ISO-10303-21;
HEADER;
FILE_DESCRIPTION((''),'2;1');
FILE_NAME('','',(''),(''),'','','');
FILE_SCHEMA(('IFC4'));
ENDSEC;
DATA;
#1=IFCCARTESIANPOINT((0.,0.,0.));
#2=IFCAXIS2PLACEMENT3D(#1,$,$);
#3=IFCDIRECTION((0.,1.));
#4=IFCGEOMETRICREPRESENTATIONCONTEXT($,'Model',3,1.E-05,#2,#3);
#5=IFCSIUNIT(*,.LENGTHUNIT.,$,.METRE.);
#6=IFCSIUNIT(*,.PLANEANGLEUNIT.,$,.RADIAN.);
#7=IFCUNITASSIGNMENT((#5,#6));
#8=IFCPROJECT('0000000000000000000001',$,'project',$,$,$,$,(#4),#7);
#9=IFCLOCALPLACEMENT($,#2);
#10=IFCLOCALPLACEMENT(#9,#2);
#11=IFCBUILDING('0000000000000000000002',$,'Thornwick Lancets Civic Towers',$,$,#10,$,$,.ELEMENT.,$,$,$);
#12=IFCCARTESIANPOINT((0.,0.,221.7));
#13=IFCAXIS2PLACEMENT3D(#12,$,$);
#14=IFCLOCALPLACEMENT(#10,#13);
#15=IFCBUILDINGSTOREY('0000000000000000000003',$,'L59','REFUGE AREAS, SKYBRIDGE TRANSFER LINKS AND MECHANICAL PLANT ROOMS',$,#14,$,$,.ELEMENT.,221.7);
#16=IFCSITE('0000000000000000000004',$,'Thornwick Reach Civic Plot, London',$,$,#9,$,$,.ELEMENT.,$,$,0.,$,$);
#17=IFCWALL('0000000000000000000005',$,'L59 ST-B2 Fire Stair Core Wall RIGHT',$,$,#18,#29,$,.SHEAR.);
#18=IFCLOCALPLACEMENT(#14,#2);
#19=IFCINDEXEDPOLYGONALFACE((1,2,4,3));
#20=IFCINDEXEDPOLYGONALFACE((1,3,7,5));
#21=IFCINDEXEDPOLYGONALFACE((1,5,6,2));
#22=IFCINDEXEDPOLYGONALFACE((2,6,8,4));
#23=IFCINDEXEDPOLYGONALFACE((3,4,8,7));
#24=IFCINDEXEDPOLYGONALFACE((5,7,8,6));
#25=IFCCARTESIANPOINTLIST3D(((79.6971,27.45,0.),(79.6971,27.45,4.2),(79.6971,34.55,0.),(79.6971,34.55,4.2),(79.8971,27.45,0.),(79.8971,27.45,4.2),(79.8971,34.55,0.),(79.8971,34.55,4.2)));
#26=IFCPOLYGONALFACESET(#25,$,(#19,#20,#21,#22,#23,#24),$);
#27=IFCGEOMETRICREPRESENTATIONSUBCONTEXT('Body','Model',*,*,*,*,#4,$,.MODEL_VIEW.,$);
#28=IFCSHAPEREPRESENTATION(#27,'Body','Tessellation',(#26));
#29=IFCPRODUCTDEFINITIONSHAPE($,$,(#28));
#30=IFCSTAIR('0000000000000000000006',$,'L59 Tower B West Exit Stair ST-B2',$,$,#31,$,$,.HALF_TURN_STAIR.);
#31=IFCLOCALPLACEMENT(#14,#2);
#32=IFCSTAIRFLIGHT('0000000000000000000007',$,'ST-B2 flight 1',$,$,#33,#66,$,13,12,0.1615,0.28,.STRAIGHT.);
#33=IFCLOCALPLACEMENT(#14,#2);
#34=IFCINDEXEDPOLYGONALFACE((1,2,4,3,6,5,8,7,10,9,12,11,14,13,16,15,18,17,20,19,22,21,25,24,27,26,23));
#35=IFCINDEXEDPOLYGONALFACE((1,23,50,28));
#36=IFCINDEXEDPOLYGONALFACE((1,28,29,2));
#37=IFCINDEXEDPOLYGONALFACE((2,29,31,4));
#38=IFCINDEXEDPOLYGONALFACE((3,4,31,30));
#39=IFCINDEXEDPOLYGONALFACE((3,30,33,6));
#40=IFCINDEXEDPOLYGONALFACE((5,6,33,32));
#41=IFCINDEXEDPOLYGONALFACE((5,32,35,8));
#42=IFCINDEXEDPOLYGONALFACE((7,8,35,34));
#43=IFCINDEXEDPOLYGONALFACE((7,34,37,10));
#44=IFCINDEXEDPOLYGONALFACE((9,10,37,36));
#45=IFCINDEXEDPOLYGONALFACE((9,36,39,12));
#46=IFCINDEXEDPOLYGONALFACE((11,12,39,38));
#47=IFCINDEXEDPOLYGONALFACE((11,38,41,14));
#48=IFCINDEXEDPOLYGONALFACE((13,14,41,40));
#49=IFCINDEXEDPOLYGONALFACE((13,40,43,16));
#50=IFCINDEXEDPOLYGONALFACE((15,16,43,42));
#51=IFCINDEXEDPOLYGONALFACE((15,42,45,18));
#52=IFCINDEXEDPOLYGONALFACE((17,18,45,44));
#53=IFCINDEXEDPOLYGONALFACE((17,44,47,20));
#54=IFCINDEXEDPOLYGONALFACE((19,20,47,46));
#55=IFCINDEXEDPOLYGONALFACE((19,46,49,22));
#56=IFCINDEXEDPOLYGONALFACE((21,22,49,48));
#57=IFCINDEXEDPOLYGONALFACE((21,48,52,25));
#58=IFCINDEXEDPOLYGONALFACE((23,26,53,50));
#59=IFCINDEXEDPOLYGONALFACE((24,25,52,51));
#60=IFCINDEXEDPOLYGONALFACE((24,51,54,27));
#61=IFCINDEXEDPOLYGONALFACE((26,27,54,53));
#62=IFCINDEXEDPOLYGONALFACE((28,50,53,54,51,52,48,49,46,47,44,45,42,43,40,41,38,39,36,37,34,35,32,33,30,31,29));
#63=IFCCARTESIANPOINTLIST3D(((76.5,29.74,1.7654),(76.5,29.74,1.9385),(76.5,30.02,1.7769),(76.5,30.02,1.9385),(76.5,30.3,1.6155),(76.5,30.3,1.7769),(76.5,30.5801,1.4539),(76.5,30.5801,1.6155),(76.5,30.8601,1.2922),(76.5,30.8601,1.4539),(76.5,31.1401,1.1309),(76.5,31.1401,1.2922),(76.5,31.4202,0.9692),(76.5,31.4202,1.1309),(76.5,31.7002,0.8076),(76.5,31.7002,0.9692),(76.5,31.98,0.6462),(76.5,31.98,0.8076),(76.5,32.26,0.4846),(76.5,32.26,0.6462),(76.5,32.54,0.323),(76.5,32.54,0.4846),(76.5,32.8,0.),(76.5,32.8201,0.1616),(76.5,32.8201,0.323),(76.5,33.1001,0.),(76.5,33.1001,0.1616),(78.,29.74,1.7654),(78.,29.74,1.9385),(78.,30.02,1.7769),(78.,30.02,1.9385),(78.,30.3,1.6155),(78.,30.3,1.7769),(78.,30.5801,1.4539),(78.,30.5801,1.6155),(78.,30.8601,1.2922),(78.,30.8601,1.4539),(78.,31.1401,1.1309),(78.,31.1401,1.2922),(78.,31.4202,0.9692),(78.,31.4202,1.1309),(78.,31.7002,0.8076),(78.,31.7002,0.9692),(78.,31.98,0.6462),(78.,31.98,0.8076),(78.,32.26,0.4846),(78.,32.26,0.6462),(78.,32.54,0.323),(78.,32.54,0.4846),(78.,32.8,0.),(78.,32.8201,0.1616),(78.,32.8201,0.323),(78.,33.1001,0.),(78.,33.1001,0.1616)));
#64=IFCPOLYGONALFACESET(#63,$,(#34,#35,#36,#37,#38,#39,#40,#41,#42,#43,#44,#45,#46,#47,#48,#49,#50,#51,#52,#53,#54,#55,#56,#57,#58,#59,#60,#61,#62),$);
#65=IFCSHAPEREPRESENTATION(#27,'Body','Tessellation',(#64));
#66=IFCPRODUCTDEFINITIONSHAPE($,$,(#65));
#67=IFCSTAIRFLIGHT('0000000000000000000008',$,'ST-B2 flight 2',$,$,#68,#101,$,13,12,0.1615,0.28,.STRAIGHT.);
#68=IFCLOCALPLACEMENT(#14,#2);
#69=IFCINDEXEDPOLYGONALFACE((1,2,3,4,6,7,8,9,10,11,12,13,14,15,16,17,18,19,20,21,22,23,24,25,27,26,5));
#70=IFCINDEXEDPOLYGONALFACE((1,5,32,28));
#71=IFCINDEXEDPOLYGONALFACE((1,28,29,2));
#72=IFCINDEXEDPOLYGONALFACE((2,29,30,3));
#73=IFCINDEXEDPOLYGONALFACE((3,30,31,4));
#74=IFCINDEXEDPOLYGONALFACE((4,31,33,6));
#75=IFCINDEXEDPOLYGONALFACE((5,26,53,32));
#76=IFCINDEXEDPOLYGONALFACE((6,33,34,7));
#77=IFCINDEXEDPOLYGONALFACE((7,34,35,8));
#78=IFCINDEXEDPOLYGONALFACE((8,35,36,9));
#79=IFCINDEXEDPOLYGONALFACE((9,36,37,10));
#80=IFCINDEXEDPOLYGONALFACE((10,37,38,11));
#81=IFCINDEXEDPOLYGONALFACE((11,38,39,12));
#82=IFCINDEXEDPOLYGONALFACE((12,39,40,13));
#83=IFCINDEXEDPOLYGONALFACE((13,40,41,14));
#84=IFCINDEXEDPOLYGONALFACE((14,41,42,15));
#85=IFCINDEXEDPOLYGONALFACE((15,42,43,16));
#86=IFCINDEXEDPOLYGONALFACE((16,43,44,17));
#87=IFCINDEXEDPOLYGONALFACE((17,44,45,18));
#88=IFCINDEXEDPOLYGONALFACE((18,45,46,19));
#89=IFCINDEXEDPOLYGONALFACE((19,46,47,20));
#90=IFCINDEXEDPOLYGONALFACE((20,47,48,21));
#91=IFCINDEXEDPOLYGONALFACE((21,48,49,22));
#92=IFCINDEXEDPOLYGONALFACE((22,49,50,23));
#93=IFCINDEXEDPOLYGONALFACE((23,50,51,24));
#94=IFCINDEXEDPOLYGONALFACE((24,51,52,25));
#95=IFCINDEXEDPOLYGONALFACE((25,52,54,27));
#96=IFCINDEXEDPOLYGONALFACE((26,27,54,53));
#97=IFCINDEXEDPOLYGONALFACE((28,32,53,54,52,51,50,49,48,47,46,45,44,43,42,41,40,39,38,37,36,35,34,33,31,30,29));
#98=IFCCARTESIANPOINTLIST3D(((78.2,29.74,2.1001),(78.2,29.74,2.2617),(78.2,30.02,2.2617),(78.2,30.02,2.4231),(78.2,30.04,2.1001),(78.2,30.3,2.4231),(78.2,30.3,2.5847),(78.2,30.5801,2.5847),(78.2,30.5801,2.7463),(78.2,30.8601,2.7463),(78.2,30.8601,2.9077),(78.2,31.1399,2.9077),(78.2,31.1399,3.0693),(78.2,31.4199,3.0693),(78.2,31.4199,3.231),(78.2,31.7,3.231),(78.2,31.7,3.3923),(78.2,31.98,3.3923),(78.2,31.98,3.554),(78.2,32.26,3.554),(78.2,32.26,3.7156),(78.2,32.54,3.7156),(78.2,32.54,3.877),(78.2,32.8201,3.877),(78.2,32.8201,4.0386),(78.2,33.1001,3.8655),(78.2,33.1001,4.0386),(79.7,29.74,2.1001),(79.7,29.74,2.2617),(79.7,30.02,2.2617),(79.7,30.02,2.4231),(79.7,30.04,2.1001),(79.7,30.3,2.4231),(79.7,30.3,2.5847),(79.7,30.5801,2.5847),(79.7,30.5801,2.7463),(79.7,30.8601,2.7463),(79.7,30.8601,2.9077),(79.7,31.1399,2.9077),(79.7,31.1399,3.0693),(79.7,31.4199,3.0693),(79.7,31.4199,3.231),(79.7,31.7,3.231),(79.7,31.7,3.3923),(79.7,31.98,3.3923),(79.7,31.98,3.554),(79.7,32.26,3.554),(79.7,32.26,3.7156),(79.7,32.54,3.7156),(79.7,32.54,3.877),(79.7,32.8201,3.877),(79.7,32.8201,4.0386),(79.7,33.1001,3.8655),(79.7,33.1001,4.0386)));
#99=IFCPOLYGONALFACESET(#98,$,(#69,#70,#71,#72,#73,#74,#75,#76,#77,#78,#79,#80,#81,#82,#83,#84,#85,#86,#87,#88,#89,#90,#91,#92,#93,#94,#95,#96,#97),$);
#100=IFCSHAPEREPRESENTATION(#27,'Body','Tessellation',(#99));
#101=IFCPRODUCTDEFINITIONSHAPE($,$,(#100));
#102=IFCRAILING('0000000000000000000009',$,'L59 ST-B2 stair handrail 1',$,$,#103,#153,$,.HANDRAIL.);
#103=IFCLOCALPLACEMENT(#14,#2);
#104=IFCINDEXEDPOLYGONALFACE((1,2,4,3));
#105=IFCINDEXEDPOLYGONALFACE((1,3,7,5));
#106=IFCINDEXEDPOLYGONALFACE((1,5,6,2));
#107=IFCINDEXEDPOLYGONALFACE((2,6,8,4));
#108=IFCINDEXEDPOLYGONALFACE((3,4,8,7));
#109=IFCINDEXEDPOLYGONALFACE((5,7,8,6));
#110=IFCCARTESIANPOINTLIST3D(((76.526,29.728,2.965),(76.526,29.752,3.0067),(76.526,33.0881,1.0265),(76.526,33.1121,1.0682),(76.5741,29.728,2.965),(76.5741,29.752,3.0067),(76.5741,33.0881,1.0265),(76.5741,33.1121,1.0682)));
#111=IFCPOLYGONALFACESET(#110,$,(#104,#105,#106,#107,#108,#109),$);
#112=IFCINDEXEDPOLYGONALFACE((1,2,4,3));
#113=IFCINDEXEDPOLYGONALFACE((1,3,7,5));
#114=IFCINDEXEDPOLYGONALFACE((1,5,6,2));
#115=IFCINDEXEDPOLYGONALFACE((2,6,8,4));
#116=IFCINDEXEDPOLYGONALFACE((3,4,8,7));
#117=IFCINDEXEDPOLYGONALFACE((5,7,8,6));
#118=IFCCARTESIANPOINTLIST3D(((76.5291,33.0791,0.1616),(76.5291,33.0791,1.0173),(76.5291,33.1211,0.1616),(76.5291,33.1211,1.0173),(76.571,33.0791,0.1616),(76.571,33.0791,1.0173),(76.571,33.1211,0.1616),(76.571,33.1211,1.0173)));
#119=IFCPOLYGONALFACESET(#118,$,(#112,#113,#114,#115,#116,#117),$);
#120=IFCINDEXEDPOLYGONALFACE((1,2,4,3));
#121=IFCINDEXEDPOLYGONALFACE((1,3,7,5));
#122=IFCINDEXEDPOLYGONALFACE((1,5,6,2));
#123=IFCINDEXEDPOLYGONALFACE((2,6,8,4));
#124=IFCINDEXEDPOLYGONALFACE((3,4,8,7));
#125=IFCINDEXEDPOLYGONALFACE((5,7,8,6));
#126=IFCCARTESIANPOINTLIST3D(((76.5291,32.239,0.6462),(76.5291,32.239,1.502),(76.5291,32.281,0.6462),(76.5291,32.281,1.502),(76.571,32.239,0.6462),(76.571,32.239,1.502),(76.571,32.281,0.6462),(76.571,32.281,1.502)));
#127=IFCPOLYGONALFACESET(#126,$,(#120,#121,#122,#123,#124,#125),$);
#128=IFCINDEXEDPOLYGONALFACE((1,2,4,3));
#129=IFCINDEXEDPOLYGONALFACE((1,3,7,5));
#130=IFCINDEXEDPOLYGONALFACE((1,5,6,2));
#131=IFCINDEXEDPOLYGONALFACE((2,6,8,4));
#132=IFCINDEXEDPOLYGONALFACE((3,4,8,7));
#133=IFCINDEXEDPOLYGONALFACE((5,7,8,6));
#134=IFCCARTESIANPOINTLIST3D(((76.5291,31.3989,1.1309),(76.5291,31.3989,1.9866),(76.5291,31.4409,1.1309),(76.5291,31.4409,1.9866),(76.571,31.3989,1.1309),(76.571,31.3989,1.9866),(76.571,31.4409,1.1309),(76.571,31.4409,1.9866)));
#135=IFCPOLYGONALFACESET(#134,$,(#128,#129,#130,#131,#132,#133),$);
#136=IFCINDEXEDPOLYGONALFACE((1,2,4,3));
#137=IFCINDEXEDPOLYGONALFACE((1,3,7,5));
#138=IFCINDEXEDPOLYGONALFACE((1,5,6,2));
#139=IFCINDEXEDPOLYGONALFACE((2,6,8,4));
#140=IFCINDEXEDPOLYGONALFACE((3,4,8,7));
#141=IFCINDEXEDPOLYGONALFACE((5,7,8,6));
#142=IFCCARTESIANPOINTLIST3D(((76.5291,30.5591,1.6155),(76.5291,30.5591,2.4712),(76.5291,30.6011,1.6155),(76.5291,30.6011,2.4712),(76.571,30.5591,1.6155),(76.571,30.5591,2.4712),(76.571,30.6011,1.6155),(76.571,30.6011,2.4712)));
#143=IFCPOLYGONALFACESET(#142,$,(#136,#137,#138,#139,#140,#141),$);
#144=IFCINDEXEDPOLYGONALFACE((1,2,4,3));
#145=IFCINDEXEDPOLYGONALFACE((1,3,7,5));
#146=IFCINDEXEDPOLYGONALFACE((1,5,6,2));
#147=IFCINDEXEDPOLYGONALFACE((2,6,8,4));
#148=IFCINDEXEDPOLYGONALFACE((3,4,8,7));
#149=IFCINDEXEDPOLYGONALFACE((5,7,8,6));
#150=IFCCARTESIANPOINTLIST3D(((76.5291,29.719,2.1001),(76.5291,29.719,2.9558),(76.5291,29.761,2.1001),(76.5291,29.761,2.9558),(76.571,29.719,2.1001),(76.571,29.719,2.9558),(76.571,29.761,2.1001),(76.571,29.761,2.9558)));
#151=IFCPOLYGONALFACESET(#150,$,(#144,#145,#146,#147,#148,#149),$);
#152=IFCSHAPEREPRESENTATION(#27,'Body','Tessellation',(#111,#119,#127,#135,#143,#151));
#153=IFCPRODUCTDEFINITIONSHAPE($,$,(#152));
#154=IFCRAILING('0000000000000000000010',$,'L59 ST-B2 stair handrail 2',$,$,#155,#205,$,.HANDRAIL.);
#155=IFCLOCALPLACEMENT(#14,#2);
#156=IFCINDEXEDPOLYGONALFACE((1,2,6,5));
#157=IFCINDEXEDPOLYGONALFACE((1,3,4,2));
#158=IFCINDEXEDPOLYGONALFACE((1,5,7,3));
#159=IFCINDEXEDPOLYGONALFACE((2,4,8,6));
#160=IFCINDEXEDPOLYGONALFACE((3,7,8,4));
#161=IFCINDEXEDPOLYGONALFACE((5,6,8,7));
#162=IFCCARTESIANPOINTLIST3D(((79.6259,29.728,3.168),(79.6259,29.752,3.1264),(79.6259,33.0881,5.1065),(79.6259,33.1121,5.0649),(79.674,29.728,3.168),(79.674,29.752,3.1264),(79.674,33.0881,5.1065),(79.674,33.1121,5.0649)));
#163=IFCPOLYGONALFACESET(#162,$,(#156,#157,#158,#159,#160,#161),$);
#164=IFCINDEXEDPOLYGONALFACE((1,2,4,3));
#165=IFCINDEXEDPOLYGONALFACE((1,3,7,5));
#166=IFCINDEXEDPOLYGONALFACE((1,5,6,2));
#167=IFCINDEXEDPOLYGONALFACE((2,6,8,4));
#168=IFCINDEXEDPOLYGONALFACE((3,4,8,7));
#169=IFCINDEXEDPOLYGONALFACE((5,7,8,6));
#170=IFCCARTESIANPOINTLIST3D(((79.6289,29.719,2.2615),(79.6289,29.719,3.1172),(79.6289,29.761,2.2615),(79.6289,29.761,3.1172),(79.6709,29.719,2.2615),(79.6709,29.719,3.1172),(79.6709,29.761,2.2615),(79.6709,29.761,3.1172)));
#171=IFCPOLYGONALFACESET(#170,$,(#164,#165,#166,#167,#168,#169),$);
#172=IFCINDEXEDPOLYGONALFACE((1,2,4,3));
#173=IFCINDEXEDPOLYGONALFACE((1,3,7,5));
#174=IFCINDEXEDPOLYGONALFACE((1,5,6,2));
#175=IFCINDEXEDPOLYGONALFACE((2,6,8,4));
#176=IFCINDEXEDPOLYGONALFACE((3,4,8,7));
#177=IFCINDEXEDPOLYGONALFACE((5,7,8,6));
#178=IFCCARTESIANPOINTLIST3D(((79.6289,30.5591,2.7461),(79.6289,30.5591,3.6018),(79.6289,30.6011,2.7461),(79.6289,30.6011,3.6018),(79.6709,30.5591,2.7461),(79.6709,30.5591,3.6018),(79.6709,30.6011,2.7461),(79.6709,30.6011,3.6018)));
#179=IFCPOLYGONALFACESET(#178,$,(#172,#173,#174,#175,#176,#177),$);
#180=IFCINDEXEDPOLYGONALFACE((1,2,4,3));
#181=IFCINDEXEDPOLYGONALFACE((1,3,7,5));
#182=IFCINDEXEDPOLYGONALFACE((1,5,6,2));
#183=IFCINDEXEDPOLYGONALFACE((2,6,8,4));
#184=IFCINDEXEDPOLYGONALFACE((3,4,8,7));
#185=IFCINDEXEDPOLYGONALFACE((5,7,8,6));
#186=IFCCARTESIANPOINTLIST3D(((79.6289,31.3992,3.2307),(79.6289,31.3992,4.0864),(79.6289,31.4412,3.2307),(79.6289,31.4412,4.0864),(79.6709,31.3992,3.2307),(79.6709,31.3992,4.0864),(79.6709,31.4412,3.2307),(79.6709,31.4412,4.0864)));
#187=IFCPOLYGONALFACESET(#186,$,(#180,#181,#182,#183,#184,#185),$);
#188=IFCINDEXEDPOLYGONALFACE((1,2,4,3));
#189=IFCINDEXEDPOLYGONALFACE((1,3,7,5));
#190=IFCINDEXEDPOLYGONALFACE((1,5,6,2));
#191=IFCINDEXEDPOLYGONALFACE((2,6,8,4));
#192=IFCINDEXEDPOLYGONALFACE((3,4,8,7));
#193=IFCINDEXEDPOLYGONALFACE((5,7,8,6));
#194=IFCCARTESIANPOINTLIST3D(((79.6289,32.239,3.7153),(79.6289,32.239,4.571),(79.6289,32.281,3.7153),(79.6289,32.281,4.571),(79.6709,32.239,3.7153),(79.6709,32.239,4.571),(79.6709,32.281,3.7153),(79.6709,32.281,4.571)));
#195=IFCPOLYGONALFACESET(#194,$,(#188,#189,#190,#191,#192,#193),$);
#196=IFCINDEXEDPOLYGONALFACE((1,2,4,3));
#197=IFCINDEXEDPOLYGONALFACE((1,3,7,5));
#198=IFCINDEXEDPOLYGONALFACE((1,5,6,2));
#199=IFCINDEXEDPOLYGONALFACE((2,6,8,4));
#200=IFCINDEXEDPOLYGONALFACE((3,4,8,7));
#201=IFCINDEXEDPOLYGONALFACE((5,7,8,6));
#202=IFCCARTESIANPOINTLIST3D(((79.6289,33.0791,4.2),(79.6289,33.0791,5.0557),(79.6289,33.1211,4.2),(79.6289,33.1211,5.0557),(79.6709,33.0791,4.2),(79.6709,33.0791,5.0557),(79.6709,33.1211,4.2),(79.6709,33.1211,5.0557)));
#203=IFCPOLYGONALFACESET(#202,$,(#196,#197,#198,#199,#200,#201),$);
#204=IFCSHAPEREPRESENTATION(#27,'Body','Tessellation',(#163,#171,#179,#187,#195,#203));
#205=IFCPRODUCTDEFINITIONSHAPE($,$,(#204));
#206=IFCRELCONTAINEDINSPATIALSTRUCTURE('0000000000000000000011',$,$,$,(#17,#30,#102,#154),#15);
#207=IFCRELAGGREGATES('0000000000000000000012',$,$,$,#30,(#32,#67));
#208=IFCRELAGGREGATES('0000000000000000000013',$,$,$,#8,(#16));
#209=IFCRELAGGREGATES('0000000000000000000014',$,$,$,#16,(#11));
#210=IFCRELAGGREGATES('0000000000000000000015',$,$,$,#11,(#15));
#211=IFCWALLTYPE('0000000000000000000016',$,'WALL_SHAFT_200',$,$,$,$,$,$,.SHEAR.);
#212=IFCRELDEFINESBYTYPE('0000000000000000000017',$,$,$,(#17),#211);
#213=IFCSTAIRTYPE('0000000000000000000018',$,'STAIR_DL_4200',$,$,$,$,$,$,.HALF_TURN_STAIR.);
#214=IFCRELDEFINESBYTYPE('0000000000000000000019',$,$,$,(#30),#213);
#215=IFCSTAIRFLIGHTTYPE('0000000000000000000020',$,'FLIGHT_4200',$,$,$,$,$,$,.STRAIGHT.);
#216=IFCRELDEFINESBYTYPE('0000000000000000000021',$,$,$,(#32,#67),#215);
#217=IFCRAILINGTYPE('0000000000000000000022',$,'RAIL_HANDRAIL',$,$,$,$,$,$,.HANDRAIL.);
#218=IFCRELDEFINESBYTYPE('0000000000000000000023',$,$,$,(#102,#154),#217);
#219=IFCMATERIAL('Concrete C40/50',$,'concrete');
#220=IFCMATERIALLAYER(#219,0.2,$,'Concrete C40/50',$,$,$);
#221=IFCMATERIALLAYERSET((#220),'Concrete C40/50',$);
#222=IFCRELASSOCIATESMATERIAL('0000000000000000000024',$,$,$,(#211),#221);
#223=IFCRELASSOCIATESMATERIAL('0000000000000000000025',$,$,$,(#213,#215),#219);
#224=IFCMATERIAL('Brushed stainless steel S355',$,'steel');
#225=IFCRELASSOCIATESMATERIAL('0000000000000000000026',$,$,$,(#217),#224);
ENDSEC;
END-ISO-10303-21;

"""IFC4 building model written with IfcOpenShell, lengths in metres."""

from ifc_helpers import new_model, si_unit, direction, frame, frame_2d, origin, origin_2d, place, context, subcontext, project, spatial, polyline, rectangle, outline, extrude, material, layer, layer_set, type_object, element, aggregate, save


model = new_model("IFC4")

# Units and contexts
model_context = context("Model", 3, precision=1e-05, world=origin(), true_north=direction((0.0, 1.0)))
body_context = subcontext(model_context, "Body", "Model", "MODEL_VIEW")
ifc_project = project(units=[si_unit("LENGTHUNIT", "METRE"), si_unit("PLANEANGLEUNIT", "RADIAN")], contexts=[model_context])

# Site, building, storey
site_placement = place(None, origin())
site = spatial("IfcSite", under=ifc_project, at=site_placement, Name="Thornwick Reach Civic Plot, London", CompositionType="ELEMENT", RefElevation=0.0)
building_placement = place(site_placement, origin())
building = spatial("IfcBuilding", under=site, at=building_placement, Name="Thornwick Lancets Civic Towers", CompositionType="ELEMENT")
storey_placement = place(building_placement, frame((0.0, 0.0, 221.7)))
storey = spatial("IfcBuildingStorey", under=building, at=storey_placement, Name="L59", Description="REFUGE AREAS, SKYBRIDGE TRANSFER LINKS AND MECHANICAL PLANT ROOMS", CompositionType="ELEMENT", Elevation=221.7)

# Shared definitions
ifc_material_1 = material(Name="Concrete C40/50", Category="concrete")

# Wall
ifc_layer_1 = layer(ifc_material_1, 0.2, Name="Concrete C40/50")
ifc_layer_set_1 = layer_set([ifc_layer_1], Name="Concrete C40/50")
wall_type_1 = type_object("IfcWallType", Name="WALL_SHAFT_200", PredefinedType="SHEAR", material=ifc_layer_set_1)
wall_1_placement = place(storey_placement, frame((79.7971, 27.45, 0.0), z_axis=(0.0, 0.0, 1.0), x_axis=(0.0, 1.0, 0.0)))
element("IfcWall", 1, at=wall_1_placement, inside=storey, type_object=wall_type_1, Name="L59 ST-B2 Fire Stair Core Wall RIGHT", PredefinedType="SHEAR", context=body_context, shape_type="SweptSolid", body=[
    extrude(rectangle(XDim=7.1001, YDim=0.2, at=frame_2d((3.55, 0.0))), origin(), (0.0, 0.0, 1.0), 4.2),
])

# Stair, stair flights
stair_type = type_object("IfcStairType", Name="STAIR_DL_4200", PredefinedType="HALF_TURN_STAIR", material=ifc_material_1)
stair_placement = place(storey_placement, origin())
stair = element("IfcStair", 2, at=stair_placement, inside=storey, type_object=stair_type, Name="L59 Tower B West Exit Stair ST-B2", PredefinedType="HALF_TURN_STAIR")
stair_flight_type = type_object("IfcStairFlightType", Name="FLIGHT_4200", PredefinedType="STRAIGHT", material=ifc_material_1)
stair_flight_1_placement = place(storey_placement, frame((77.25, 33.1001, 0.0), z_axis=(0.0, 0.0, 1.0), x_axis=(0.0, -1.0, 0.0)))
stair_flight_1 = element("IfcStairFlight", 3, at=stair_flight_1_placement, type_object=stair_flight_type, Name="ST-B2 flight 1", NumberOfRisers=13, NumberOfTreads=12, PredefinedType="STRAIGHT", RiserHeight=0.1615, TreadLength=0.28, context=body_context, shape_type="SweptSolid", body=[
    extrude(outline(polyline([(0.0, 0.0), (0.0, 0.1616), (0.28, 0.1616), (0.28, 0.323), (0.5601, 0.323), (0.5601, 0.4846), (0.8401, 0.4846), (0.8401, 0.6462), (1.1201, 0.6462), (1.1201, 0.8076), (1.3999, 0.8076), (1.3999, 0.9692), (1.6799, 0.9692), (1.6799, 1.1309), (1.96, 1.1309), (1.96, 1.2922), (2.24, 1.2922), (2.24, 1.4539), (2.52, 1.4539), (2.52, 1.6155), (2.8, 1.6155), (2.8, 1.7769), (3.0801, 1.7769), (3.0801, 1.9385), (3.3601, 1.9385), (3.3601, 2.1001), (3.3601, 1.7654), (0.3, 0.0), (0.0, 0.0)])), frame((0.0, 0.75, 0.0), z_axis=(0.0, -1.0, 0.0), x_axis=(1.0, 0.0, 0.0)), (0.0, 0.0, 1.0), 1.5),
])
stair_flight_2_placement = place(storey_placement, frame((78.95, 29.74, 2.1001), z_axis=(0.0, 0.0, 1.0), x_axis=(0.0, 1.0, 0.0)))
stair_flight_2 = element("IfcStairFlight", 4, at=stair_flight_2_placement, type_object=stair_flight_type, Name="ST-B2 flight 2", NumberOfRisers=13, NumberOfTreads=12, PredefinedType="STRAIGHT", RiserHeight=0.1615, TreadLength=0.28, context=body_context, shape_type="SweptSolid", body=[
    extrude(outline(polyline([(0.0, 0.0), (0.0, 0.1616), (0.28, 0.1616), (0.28, 0.323), (0.5601, 0.323), (0.5601, 0.4846), (0.8401, 0.4846), (0.8401, 0.6462), (1.1201, 0.6462), (1.1201, 0.8076), (1.3999, 0.8076), (1.3999, 0.9692), (1.6799, 0.9692), (1.6799, 1.1309), (1.96, 1.1309), (1.96, 1.2922), (2.24, 1.2922), (2.24, 1.4539), (2.52, 1.4539), (2.52, 1.6155), (2.8, 1.6155), (2.8, 1.7769), (3.0801, 1.7769), (3.0801, 1.9385), (3.3601, 1.9385), (3.3601, 2.1001), (3.3601, 1.7654), (0.3, 0.0), (0.0, 0.0)])), frame((0.0, 0.75, 0.0), z_axis=(0.0, -1.0, 0.0), x_axis=(1.0, 0.0, 0.0)), (0.0, 0.0, 1.0), 1.5),
])
aggregate(stair, [stair_flight_1, stair_flight_2])

# Railings
ifc_material_2 = material(Name="Brushed stainless steel S355", Category="steel")
railing_type_1 = type_object("IfcRailingType", Name="RAIL_HANDRAIL", PredefinedType="HANDRAIL", material=ifc_material_2)
railing_1_placement = place(storey_placement, frame((76.55, 33.1001, 0.1616)))
element("IfcRailing", 5, at=railing_1_placement, inside=storey, type_object=railing_type_1, Name="L59 ST-B2 stair handrail 1", PredefinedType="HANDRAIL", context=body_context, shape_type="SweptSolid", body=[
    extrude(rectangle(XDim=0.0481, YDim=0.0481, at=origin_2d()), frame((0.0, 0.0, 0.8857), z_axis=(0.0, -0.866191, 0.499713), x_axis=(1.0, 0.0, 0.0)), (0.0, 0.0, 1.0), 3.8792),
    extrude(rectangle(XDim=0.042, YDim=0.042, at=origin_2d()), origin(), (0.0, 0.0, 1.0), 0.8557),
    extrude(rectangle(XDim=0.042, YDim=0.042, at=origin_2d()), frame((0.0, -0.8401, 0.4846)), (0.0, 0.0, 1.0), 0.8557),
    extrude(rectangle(XDim=0.042, YDim=0.042, at=origin_2d()), frame((0.0, -1.6802, 0.9692)), (0.0, 0.0, 1.0), 0.8557),
    extrude(rectangle(XDim=0.042, YDim=0.042, at=origin_2d()), frame((0.0, -2.52, 1.4539)), (0.0, 0.0, 1.0), 0.8557),
    extrude(rectangle(XDim=0.042, YDim=0.042, at=origin_2d()), frame((0.0, -3.3601, 1.9385)), (0.0, 0.0, 1.0), 0.8557),
])
railing_2_placement = place(storey_placement, frame((79.6499, 29.74, 2.2615)))
element("IfcRailing", 6, at=railing_2_placement, inside=storey, type_object=railing_type_1, Name="L59 ST-B2 stair handrail 2", PredefinedType="HANDRAIL", context=body_context, shape_type="SweptSolid", body=[
    extrude(rectangle(XDim=0.0481, YDim=0.0481, at=origin_2d()), frame((0.0, 0.0, 0.8857), z_axis=(0.0, 0.866191, 0.499713), x_axis=(-1.0, 0.0, 0.0)), (0.0, 0.0, 1.0), 3.8792),
    extrude(rectangle(XDim=0.042, YDim=0.042, at=origin_2d()), origin(), (0.0, 0.0, 1.0), 0.8557),
    extrude(rectangle(XDim=0.042, YDim=0.042, at=origin_2d()), frame((0.0, 0.8401, 0.4846)), (0.0, 0.0, 1.0), 0.8557),
    extrude(rectangle(XDim=0.042, YDim=0.042, at=origin_2d()), frame((0.0, 1.6802, 0.9692)), (0.0, 0.0, 1.0), 0.8557),
    extrude(rectangle(XDim=0.042, YDim=0.042, at=origin_2d()), frame((0.0, 2.52, 1.4539)), (0.0, 0.0, 1.0), 0.8557),
    extrude(rectangle(XDim=0.042, YDim=0.042, at=origin_2d()), frame((0.0, 3.3601, 1.9385)), (0.0, 0.0, 1.0), 0.8557),
])

save(model, "model.ifc")
